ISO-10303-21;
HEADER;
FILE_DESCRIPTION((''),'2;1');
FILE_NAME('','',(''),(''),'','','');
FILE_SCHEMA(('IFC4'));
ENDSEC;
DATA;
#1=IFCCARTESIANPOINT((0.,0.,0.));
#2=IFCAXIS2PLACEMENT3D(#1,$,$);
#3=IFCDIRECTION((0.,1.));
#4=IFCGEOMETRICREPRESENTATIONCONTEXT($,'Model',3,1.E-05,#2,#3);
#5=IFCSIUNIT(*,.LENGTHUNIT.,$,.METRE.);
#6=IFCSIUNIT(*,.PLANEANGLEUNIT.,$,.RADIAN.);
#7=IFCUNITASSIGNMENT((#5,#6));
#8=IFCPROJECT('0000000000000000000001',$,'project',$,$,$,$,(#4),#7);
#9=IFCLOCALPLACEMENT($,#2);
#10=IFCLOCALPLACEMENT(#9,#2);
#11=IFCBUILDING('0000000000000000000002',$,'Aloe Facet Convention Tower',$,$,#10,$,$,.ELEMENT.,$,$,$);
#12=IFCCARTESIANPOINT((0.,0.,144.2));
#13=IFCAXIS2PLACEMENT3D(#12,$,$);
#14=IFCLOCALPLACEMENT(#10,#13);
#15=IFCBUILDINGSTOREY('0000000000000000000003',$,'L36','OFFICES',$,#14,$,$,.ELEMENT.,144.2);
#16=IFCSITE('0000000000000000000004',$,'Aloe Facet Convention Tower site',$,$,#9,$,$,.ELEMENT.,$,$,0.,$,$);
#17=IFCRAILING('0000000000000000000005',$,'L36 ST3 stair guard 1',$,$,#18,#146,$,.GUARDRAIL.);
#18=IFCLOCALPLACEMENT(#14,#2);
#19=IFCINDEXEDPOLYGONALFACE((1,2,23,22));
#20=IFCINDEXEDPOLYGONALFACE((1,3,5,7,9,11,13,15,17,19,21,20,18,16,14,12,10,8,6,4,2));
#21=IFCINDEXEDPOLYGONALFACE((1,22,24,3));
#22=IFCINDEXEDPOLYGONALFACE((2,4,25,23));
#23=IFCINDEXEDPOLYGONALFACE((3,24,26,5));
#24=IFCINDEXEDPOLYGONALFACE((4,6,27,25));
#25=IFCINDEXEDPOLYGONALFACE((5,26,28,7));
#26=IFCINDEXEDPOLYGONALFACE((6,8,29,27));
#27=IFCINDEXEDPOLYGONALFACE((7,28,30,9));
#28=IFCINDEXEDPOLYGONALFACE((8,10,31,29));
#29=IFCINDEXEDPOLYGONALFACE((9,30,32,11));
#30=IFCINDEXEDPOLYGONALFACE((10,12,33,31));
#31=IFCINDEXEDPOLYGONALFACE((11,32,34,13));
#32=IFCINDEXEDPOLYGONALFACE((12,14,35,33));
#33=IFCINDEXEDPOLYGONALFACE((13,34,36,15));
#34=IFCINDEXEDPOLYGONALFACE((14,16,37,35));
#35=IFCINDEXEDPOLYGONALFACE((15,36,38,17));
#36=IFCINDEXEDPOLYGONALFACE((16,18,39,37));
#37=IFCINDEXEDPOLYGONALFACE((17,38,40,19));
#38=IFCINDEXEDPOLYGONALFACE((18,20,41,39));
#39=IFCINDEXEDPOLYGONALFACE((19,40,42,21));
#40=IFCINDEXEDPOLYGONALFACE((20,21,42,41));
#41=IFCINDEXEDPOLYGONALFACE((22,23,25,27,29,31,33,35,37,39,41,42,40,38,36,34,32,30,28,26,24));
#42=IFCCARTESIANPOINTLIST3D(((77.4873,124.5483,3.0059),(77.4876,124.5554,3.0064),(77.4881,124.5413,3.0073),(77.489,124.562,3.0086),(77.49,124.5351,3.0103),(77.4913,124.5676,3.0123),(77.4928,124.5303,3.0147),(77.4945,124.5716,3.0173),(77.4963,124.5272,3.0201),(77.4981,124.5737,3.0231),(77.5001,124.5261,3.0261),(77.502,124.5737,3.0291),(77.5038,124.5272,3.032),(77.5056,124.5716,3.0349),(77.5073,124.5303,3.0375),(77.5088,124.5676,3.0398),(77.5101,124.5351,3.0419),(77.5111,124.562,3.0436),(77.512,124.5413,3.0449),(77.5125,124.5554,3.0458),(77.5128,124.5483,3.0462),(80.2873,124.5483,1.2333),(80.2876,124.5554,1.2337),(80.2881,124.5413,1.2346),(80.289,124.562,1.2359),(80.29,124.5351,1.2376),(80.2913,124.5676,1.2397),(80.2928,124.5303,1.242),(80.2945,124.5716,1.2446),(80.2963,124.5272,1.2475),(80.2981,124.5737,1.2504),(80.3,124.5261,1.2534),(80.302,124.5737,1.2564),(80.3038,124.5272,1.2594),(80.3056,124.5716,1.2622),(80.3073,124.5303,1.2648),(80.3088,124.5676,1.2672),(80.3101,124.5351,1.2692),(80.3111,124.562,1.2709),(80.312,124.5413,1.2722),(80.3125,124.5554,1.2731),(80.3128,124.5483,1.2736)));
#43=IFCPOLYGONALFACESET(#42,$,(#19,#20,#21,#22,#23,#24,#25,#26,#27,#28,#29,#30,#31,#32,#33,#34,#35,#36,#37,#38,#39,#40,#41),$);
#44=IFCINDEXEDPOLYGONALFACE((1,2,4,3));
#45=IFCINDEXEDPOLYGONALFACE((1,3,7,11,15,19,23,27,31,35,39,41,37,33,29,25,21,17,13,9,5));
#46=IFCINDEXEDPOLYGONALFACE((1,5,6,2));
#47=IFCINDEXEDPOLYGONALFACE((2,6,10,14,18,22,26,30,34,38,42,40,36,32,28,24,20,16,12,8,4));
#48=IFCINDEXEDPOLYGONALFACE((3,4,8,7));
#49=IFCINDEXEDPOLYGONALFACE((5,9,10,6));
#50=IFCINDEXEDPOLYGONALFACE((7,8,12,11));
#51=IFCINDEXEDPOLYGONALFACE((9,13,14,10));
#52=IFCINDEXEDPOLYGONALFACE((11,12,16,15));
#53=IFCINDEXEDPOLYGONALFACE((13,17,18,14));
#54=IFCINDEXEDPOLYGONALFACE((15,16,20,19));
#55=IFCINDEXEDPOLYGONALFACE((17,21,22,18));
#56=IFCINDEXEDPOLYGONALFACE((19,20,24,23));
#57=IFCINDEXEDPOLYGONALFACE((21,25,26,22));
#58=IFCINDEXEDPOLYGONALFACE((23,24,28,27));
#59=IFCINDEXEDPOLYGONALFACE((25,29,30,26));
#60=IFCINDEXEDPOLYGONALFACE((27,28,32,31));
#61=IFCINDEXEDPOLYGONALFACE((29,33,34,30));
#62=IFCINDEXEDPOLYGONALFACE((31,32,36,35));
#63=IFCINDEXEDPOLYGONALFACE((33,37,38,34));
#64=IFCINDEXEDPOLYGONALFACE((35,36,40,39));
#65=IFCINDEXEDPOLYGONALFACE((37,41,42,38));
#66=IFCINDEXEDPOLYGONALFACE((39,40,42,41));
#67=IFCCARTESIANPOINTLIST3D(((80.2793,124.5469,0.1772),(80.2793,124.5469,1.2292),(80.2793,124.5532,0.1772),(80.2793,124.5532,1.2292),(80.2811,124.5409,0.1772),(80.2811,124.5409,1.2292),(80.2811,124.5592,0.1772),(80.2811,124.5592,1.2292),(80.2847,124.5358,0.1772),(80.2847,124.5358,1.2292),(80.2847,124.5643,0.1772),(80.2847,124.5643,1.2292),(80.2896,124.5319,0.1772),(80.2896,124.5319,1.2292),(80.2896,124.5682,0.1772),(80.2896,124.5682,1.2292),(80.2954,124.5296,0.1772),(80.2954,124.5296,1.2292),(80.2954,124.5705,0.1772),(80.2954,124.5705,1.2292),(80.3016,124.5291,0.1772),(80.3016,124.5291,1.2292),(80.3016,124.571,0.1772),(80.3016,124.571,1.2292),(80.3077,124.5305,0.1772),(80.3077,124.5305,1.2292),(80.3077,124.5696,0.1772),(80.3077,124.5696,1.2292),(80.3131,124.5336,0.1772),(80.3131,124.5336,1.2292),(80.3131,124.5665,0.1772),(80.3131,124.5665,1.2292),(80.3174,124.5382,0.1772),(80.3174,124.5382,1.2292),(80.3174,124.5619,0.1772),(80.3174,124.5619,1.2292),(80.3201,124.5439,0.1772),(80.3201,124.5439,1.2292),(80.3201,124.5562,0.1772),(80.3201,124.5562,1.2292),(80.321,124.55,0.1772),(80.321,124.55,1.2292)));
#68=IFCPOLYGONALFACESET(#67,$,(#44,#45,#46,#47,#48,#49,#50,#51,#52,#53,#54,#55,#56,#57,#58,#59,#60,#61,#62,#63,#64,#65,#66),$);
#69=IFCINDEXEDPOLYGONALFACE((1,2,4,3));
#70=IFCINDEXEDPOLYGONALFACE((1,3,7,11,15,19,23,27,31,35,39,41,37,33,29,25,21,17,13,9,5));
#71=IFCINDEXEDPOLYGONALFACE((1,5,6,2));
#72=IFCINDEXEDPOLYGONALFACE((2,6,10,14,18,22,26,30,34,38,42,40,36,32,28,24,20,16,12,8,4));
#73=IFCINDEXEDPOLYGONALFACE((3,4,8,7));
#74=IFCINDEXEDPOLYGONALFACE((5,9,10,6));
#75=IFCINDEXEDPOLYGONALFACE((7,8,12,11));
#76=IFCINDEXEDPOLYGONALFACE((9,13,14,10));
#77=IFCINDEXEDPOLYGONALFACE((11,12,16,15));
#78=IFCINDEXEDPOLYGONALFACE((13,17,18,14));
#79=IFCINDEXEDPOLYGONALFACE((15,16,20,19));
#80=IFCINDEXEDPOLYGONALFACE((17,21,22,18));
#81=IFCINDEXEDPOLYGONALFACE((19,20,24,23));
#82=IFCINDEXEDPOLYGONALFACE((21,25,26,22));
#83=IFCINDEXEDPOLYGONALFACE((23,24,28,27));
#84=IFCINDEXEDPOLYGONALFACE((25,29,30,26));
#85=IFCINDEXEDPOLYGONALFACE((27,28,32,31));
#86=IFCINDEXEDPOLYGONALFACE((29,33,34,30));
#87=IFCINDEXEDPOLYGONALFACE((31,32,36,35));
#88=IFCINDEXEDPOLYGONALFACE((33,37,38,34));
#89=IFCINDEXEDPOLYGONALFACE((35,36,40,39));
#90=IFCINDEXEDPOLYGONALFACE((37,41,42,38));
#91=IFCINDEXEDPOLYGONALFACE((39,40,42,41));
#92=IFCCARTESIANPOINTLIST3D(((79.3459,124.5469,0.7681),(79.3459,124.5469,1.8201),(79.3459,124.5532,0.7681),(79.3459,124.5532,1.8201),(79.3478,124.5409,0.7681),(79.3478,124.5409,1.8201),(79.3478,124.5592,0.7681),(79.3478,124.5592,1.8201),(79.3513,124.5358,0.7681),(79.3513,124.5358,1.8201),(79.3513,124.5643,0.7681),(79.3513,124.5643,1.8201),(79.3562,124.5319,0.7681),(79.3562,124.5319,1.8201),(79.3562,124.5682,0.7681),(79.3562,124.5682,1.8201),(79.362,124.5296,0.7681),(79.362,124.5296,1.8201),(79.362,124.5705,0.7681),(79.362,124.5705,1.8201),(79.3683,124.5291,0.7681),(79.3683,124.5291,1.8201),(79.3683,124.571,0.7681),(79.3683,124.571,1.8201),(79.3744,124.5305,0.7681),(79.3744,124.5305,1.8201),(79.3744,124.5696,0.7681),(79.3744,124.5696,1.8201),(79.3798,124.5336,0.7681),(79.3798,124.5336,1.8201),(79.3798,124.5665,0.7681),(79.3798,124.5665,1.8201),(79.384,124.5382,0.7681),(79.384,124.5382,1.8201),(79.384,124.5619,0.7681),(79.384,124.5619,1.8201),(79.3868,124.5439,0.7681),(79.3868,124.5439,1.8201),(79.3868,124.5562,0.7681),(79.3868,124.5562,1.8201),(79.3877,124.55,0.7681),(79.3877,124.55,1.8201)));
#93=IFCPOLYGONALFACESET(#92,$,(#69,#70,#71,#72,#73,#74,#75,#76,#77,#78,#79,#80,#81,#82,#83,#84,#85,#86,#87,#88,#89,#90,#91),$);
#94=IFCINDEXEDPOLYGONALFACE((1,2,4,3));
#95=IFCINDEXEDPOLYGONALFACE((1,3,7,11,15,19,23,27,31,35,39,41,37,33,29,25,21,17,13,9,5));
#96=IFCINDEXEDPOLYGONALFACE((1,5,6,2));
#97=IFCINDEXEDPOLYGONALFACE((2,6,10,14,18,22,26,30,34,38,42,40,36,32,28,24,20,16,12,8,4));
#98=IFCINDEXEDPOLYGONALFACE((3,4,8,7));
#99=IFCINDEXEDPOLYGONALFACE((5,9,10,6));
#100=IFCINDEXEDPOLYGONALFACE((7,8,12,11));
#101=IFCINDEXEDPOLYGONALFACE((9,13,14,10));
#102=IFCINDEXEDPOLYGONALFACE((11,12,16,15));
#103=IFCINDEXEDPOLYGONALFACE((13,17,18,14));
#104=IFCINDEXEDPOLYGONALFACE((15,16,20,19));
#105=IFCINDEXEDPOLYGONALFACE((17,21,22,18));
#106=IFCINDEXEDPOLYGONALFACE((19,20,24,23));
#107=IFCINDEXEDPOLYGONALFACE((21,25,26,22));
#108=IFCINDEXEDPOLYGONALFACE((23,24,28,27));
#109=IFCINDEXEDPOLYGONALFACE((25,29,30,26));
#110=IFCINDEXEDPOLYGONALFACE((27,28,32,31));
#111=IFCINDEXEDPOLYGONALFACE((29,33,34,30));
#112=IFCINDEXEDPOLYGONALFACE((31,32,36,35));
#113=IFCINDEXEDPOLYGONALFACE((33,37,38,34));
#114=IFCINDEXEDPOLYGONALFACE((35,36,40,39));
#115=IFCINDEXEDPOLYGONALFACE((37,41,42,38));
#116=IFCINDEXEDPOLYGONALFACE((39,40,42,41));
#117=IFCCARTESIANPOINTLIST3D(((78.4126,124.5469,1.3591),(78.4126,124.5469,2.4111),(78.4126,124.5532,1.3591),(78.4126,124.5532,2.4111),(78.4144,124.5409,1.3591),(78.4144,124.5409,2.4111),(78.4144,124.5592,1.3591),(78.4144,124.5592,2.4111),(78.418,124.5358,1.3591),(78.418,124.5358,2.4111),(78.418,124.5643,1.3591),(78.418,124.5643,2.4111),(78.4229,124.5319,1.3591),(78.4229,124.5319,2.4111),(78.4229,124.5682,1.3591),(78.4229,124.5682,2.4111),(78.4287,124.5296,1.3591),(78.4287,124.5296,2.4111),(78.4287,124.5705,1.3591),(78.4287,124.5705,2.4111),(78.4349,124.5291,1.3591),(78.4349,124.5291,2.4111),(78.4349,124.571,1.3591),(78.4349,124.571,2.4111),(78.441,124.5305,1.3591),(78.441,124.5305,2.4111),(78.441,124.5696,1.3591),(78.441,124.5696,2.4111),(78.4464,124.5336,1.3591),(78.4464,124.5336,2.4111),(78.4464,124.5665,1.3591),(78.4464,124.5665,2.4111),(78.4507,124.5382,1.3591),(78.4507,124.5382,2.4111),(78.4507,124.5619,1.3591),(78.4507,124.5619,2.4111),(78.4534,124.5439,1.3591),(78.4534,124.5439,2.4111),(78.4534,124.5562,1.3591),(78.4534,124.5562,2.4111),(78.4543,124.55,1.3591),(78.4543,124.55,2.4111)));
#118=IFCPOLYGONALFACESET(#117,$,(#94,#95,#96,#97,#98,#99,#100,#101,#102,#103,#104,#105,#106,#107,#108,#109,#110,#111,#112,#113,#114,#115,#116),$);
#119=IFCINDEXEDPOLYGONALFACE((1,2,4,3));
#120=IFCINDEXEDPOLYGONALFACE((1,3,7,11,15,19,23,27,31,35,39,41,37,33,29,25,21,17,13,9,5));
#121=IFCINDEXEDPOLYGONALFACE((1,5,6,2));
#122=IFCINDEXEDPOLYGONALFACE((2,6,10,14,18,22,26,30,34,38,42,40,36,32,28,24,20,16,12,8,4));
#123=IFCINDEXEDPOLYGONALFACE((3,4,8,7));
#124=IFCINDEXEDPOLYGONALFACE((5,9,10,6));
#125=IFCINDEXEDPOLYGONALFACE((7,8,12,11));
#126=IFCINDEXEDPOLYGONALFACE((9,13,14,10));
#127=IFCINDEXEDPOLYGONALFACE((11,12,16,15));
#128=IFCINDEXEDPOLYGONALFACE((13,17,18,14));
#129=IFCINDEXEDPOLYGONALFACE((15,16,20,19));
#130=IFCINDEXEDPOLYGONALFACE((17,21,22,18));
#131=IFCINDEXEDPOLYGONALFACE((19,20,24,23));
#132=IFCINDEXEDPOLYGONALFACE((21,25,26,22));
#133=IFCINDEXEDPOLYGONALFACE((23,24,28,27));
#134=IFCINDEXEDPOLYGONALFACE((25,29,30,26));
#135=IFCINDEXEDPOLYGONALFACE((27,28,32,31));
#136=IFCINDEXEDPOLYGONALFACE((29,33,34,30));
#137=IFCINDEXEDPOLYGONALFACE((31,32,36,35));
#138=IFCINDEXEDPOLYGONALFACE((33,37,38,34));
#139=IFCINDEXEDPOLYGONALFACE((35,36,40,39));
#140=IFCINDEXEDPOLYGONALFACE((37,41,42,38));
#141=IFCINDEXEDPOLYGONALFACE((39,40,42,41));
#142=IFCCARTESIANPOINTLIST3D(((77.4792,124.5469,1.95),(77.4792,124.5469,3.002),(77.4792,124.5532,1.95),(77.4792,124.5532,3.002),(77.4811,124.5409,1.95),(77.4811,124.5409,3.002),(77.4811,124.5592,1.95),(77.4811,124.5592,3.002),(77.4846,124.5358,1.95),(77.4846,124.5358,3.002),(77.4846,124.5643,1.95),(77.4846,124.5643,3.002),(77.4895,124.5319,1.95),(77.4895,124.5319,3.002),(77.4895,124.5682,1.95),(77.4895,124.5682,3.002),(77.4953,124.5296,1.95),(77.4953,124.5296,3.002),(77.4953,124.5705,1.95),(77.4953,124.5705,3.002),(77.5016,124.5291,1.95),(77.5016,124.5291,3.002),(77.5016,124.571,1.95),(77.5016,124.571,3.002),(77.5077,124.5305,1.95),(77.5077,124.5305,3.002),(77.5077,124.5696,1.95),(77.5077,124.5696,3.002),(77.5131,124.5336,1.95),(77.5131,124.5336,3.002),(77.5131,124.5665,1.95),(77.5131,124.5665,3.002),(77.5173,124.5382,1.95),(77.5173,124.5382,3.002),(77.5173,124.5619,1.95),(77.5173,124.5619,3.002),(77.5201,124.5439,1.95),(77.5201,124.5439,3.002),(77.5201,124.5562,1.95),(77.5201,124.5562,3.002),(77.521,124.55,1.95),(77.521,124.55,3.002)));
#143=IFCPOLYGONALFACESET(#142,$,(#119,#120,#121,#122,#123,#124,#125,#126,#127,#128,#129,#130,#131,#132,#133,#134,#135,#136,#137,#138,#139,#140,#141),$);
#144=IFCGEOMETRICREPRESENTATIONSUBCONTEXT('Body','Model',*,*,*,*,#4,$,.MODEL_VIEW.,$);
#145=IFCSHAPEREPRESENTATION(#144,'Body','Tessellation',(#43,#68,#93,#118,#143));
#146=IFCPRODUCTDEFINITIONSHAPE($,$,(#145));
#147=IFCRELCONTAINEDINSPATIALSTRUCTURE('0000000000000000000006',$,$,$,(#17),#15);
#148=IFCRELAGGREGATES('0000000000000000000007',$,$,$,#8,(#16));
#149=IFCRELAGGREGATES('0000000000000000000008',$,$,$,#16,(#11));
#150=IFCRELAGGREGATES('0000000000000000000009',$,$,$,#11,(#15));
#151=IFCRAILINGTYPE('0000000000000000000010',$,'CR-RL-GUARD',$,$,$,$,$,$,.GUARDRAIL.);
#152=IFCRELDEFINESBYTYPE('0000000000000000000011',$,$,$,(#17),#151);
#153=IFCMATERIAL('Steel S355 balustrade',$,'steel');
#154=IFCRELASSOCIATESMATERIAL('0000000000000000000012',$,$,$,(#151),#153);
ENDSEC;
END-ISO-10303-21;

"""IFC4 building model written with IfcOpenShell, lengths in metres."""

from ifc_helpers import new_model, si_unit, direction, frame, origin, origin_2d, place, context, subcontext, project, spatial, circle, extrude, material, type_object, element, save


model = new_model("IFC4")

# Units and contexts
model_context = context("Model", 3, precision=1e-05, world=origin(), true_north=direction((0.0, 1.0)))
body_context = subcontext(model_context, "Body", "Model", "MODEL_VIEW")
ifc_project = project(units=[si_unit("LENGTHUNIT", "METRE"), si_unit("PLANEANGLEUNIT", "RADIAN")], contexts=[model_context])

# Site, building, storey
site_placement = place(None, origin())
site = spatial("IfcSite", under=ifc_project, at=site_placement, Name="Aloe Facet Convention Tower site", CompositionType="ELEMENT", RefElevation=0.0)
building_placement = place(site_placement, origin())
building = spatial("IfcBuilding", under=site, at=building_placement, Name="Aloe Facet Convention Tower", CompositionType="ELEMENT")
storey_placement = place(building_placement, frame((0.0, 0.0, 144.2)))
storey = spatial("IfcBuildingStorey", under=building, at=storey_placement, Name="L36", Description="OFFICES", CompositionType="ELEMENT", Elevation=144.2)

# Railing
ifc_material_1 = material(Name="Steel S355 balustrade", Category="steel")
railing_type_1 = type_object("IfcRailingType", Name="CR-RL-GUARD", PredefinedType="GUARDRAIL", material=ifc_material_1)
railing_1_placement = place(storey_placement, frame((80.3, 124.55, 0.1772)))
element("IfcRailing", 1, at=railing_1_placement, inside=storey, type_object=railing_type_1, Name="L36 ST3 stair guard 1", PredefinedType="GUARDRAIL", context=body_context, shape_type="SweptSolid", body=[
    extrude(circle(Radius=0.0239, at=origin_2d()), frame((0.0, 0.0, 1.0762), z_axis=(-0.844909, 0.0, 0.53491), x_axis=(0.0, -1.0, 0.0)), (0.0, 0.0, 1.0), 3.314),
    extrude(circle(Radius=0.021, at=origin_2d()), origin(), (0.0, 0.0, 1.0), 1.052),
    extrude(circle(Radius=0.021, at=origin_2d()), frame((-0.9333, 0.0, 0.5908)), (0.0, 0.0, 1.0), 1.052),
    extrude(circle(Radius=0.021, at=origin_2d()), frame((-1.8667, 0.0, 1.1819)), (0.0, 0.0, 1.0), 1.052),
    extrude(circle(Radius=0.021, at=origin_2d()), frame((-2.8, 0.0, 1.7727)), (0.0, 0.0, 1.0), 1.052),
])

save(model, "model.ifc")
